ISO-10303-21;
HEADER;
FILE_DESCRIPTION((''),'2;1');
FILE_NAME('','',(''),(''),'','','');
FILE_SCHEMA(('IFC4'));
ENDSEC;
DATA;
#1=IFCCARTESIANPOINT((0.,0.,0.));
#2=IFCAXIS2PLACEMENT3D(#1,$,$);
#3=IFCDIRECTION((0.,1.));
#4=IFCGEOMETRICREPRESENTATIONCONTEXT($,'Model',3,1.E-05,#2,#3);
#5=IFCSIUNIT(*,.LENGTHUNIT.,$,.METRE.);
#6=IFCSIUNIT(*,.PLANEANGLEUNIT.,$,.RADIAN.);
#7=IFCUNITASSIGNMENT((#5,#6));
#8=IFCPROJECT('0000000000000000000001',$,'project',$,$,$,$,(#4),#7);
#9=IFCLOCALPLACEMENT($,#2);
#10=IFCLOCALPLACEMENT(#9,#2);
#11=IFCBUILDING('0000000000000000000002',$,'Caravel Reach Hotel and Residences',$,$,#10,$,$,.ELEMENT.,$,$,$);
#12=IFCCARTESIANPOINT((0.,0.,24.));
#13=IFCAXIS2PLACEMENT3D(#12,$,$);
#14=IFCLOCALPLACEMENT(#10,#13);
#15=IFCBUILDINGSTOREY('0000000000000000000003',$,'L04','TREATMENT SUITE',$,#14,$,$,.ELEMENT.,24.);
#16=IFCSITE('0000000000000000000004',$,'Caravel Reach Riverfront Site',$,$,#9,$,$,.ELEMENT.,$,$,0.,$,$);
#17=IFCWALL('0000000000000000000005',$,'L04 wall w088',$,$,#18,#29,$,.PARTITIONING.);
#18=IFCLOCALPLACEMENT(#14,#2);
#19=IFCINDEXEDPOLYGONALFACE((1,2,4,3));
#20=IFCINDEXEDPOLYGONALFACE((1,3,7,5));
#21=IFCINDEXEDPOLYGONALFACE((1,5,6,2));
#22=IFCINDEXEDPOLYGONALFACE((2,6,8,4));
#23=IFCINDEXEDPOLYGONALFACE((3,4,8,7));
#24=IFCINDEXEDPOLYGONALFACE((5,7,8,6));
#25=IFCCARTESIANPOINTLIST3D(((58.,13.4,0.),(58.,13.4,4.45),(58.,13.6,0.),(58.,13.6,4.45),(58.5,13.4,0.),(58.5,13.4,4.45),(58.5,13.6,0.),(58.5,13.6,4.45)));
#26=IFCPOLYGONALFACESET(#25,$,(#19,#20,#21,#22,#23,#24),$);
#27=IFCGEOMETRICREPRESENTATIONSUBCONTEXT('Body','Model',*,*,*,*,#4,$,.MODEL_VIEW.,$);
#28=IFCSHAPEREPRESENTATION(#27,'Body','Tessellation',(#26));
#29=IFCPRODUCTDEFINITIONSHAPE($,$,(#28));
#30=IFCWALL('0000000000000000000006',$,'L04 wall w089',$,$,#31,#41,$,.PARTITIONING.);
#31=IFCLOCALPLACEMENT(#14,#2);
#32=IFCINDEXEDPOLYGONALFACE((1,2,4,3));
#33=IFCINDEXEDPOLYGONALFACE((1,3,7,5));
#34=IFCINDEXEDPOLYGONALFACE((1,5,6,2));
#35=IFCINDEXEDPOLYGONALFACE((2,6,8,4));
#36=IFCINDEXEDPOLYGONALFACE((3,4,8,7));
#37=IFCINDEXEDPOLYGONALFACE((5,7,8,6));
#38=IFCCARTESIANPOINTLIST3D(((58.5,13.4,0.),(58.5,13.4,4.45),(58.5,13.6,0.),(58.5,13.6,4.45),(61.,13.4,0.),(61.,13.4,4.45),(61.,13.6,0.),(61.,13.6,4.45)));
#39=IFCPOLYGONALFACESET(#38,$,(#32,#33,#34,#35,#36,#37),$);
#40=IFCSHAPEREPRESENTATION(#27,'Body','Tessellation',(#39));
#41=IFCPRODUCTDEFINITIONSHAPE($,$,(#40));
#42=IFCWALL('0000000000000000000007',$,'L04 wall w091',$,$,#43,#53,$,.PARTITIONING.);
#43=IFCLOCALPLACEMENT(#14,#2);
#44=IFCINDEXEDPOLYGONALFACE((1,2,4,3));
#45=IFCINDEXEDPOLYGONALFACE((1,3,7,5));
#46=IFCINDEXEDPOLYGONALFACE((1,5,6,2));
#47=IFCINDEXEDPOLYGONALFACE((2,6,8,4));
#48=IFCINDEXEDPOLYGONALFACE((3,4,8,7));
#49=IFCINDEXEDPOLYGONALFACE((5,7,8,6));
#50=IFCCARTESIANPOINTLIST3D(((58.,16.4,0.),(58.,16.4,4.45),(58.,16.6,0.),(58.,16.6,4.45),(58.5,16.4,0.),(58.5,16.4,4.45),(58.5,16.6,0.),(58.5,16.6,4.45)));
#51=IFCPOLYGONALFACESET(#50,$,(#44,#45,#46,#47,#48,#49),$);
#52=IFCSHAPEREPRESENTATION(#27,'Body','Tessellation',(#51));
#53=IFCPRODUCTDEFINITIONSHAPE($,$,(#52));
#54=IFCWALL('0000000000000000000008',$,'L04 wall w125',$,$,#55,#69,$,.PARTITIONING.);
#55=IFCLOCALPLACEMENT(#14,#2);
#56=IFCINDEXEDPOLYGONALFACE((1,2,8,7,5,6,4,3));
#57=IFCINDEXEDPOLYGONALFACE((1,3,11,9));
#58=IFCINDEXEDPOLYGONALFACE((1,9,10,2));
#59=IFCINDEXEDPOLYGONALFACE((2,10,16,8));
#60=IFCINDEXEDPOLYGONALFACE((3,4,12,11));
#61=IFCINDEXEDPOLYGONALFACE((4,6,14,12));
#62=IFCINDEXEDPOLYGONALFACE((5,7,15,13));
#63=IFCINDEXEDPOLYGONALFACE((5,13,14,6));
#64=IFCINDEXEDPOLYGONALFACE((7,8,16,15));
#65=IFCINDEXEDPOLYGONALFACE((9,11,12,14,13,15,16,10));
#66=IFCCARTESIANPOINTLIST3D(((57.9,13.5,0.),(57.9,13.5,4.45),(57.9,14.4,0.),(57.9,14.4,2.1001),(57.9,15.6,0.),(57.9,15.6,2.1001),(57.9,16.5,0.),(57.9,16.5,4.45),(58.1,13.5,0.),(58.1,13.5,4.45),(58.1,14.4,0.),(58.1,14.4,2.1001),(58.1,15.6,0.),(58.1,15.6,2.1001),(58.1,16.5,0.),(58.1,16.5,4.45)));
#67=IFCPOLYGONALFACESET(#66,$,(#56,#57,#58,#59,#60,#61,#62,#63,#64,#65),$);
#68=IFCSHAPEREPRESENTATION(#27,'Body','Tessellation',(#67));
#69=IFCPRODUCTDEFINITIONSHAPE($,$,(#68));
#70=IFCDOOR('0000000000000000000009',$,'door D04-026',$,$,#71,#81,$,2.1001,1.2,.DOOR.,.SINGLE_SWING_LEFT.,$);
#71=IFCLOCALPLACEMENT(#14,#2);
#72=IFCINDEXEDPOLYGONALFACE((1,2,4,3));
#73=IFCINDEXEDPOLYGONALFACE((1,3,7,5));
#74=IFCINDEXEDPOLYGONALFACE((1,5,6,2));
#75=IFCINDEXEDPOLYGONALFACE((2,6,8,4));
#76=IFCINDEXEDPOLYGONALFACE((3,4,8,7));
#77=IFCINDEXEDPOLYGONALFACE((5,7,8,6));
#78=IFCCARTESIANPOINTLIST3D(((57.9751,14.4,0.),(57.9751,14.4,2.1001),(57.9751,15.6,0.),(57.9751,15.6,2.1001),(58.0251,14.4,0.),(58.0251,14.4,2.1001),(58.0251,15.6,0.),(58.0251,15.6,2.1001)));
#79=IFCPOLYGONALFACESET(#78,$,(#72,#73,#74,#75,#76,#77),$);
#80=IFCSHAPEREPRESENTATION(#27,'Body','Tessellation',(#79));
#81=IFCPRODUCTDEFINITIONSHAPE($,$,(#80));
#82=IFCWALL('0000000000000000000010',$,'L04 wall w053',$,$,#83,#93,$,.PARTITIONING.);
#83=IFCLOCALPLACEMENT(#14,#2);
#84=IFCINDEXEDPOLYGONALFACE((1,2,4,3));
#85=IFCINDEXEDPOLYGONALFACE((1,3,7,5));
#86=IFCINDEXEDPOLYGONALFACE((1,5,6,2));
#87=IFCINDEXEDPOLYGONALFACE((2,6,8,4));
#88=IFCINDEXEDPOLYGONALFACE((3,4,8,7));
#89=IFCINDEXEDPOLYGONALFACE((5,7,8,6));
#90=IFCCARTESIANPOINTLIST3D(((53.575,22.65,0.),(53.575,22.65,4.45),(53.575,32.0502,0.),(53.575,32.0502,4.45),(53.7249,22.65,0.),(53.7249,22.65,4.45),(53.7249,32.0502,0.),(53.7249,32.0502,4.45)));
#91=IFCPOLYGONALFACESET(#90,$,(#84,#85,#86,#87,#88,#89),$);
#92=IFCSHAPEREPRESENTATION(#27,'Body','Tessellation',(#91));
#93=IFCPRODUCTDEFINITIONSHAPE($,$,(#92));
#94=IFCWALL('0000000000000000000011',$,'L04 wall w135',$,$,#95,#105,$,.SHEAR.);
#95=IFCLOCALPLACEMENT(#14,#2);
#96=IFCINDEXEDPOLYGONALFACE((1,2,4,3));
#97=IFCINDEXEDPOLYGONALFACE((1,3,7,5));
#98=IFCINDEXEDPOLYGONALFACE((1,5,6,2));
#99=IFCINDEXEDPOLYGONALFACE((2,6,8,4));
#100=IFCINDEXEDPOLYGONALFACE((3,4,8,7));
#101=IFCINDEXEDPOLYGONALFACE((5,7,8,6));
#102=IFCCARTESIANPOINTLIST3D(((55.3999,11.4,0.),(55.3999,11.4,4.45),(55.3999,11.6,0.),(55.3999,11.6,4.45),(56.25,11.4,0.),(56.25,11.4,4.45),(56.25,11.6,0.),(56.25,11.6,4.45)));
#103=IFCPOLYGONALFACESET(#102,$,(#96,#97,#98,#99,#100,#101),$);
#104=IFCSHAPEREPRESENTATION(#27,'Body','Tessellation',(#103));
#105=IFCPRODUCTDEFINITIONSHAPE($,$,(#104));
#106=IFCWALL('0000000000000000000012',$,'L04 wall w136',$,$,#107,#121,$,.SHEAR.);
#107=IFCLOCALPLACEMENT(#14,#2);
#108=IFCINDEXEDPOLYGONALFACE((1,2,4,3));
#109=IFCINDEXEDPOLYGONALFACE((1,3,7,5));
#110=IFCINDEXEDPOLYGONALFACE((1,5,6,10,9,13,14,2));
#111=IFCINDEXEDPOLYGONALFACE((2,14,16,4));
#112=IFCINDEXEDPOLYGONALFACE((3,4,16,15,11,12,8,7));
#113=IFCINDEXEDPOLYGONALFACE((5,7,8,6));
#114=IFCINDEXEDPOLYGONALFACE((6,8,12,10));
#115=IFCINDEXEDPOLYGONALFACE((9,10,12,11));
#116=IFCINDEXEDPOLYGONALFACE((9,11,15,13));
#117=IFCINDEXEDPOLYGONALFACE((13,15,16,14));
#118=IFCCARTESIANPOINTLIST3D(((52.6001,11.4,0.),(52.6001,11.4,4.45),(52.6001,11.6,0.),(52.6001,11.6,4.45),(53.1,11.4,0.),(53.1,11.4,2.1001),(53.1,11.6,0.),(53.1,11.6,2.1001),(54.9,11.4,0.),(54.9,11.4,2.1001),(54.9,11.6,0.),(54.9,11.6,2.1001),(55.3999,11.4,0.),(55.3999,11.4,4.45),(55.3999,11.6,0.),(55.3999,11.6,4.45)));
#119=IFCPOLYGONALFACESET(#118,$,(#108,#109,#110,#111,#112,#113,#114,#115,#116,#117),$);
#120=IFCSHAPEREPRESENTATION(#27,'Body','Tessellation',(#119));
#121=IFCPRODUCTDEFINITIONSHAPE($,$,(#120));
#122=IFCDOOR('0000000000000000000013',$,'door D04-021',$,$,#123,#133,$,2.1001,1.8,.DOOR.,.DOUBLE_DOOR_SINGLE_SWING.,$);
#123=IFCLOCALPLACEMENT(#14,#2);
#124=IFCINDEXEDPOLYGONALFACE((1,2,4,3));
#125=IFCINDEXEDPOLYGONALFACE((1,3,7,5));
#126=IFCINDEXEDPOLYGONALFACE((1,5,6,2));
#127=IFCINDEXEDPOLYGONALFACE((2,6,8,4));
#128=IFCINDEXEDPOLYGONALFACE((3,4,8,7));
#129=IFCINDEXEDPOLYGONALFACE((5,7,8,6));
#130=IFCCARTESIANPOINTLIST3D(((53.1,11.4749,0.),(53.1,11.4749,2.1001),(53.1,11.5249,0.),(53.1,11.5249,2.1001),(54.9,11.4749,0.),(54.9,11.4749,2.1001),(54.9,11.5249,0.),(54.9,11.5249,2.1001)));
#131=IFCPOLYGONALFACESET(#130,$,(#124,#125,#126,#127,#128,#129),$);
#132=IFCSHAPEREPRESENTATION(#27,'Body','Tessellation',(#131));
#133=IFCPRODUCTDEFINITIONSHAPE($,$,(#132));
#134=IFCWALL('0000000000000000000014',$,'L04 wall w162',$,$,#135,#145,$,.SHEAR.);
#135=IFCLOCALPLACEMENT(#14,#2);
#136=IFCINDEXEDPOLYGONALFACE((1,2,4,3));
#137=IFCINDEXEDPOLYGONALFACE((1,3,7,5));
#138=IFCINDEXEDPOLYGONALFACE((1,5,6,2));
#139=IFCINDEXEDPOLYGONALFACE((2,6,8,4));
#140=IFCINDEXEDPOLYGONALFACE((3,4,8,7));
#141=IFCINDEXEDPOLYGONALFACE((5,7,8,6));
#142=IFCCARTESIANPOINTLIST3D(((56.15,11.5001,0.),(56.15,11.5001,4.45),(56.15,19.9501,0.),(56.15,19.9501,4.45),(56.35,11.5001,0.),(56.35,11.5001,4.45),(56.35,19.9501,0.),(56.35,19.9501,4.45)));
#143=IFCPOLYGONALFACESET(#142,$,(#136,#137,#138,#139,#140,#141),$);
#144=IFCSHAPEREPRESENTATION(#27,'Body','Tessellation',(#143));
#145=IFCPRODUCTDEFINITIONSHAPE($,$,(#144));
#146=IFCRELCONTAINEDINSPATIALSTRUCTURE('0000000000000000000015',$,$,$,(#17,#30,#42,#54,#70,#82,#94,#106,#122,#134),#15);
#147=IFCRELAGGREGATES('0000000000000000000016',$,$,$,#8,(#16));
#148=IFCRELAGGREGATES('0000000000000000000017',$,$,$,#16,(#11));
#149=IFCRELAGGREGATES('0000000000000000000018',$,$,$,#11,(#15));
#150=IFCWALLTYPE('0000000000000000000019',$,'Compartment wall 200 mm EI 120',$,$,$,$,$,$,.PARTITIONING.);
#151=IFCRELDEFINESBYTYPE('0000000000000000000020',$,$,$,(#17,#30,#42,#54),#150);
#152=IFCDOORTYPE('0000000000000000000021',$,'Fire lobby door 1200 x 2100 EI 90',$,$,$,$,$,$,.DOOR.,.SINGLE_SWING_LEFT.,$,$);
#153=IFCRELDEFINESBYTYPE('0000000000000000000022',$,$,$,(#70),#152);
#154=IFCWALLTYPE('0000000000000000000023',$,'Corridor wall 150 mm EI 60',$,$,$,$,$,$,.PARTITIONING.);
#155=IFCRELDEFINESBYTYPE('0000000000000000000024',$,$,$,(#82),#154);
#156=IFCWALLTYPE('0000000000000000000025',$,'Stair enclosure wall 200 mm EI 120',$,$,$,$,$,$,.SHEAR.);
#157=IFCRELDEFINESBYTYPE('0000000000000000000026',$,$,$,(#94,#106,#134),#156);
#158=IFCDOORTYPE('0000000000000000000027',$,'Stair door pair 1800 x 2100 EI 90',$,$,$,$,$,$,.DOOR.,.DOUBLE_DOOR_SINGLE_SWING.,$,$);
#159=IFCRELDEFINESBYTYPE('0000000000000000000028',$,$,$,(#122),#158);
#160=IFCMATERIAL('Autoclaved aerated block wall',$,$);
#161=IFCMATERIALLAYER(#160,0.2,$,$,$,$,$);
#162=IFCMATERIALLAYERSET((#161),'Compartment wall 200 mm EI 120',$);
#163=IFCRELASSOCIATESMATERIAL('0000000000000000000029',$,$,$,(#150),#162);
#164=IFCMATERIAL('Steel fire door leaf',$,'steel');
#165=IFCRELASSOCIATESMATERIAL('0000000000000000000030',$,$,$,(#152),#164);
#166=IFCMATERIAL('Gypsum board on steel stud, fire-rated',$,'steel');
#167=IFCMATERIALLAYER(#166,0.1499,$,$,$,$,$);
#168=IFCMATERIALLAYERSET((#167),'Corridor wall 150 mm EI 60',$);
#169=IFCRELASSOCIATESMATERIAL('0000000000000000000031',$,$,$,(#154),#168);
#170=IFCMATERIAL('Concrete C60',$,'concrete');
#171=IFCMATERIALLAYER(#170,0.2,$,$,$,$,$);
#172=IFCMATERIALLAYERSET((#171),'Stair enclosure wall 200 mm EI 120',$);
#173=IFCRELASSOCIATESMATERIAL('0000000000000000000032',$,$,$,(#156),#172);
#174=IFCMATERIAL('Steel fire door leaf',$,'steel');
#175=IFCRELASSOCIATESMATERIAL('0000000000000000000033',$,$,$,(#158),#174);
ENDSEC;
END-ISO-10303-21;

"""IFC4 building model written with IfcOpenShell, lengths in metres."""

from ifc_helpers import new_model, si_unit, direction, frame, frame_2d, origin, place, context, subcontext, project, spatial, rectangle, extrude, material, layer, layer_set, type_object, element, fill, save


model = new_model("IFC4")

# Units and contexts
model_context = context("Model", 3, precision=1e-05, world=origin(), true_north=direction((0.0, 1.0)))
body_context = subcontext(model_context, "Body", "Model", "MODEL_VIEW")
ifc_project = project(units=[si_unit("LENGTHUNIT", "METRE"), si_unit("PLANEANGLEUNIT", "RADIAN")], contexts=[model_context])

# Site, building, storey
site_placement = place(None, origin())
site = spatial("IfcSite", under=ifc_project, at=site_placement, Name="Caravel Reach Riverfront Site", CompositionType="ELEMENT", RefElevation=0.0)
building_placement = place(site_placement, origin())
building = spatial("IfcBuilding", under=site, at=building_placement, Name="Caravel Reach Hotel and Residences", CompositionType="ELEMENT")
storey_placement = place(building_placement, frame((0.0, 0.0, 24.0)))
storey = spatial("IfcBuildingStorey", under=building, at=storey_placement, Name="L04", Description="TREATMENT SUITE", CompositionType="ELEMENT", Elevation=24.0)

# Walls
ifc_material_1 = material(Name="Autoclaved aerated block wall")
ifc_layer_1 = layer(ifc_material_1, 0.2)
ifc_layer_set_1 = layer_set([ifc_layer_1], Name="Compartment wall 200 mm EI 120")
wall_type_1 = type_object("IfcWallType", Name="Compartment wall 200 mm EI 120", PredefinedType="PARTITIONING", material=ifc_layer_set_1)
wall_1_placement = place(storey_placement, frame((58.0, 13.5, 0.0), z_axis=(0.0, 0.0, 1.0), x_axis=(1.0, 0.0, 0.0)))
element("IfcWall", 1, at=wall_1_placement, inside=storey, type_object=wall_type_1, Name="L04 wall w088", PredefinedType="PARTITIONING", context=body_context, shape_type="SweptSolid", body=[
    extrude(rectangle(XDim=0.5, YDim=0.2, at=frame_2d((0.25, 0.0))), origin(), (0.0, 0.0, 1.0), 4.45),
])
wall_2_placement = place(storey_placement, frame((58.5, 13.5, 0.0), z_axis=(0.0, 0.0, 1.0), x_axis=(1.0, 0.0, 0.0)))
element("IfcWall", 2, at=wall_2_placement, inside=storey, type_object=wall_type_1, Name="L04 wall w089", PredefinedType="PARTITIONING", context=body_context, shape_type="SweptSolid", body=[
    extrude(rectangle(XDim=2.5, YDim=0.2, at=frame_2d((1.25, 0.0))), origin(), (0.0, 0.0, 1.0), 4.45),
])
wall_3_placement = place(storey_placement, frame((58.0, 16.5, 0.0), z_axis=(0.0, 0.0, 1.0), x_axis=(1.0, 0.0, 0.0)))
element("IfcWall", 3, at=wall_3_placement, inside=storey, type_object=wall_type_1, Name="L04 wall w091", PredefinedType="PARTITIONING", context=body_context, shape_type="SweptSolid", body=[
    extrude(rectangle(XDim=0.5, YDim=0.2, at=frame_2d((0.25, 0.0))), origin(), (0.0, 0.0, 1.0), 4.45),
])

# Wall, opening, door
wall_4_placement = place(storey_placement, frame((58.0, 13.5, 0.0), z_axis=(0.0, 0.0, 1.0), x_axis=(0.0, 1.0, 0.0)))
wall_4 = element("IfcWall", 4, at=wall_4_placement, inside=storey, type_object=wall_type_1, Name="L04 wall w125", PredefinedType="PARTITIONING", context=body_context, shape_type="SweptSolid", body=[
    extrude(rectangle(XDim=3.0, YDim=0.2, at=frame_2d((1.5, 0.0))), origin(), (0.0, 0.0, 1.0), 4.45),
])
opening_1_placement = place(wall_4_placement, frame((0.8999, 0.0, 0.0)))
opening_1 = element("IfcOpeningElement", 5, at=opening_1_placement, cuts=wall_4, PredefinedType="OPENING", context=body_context, shape_type="SweptSolid", body=[
    extrude(rectangle(XDim=1.2, YDim=2.1001, at=frame_2d((0.6001, 1.05))), frame((0.0, 0.1099, 0.0), z_axis=(0.0, -1.0, 0.0), x_axis=(1.0, 0.0, 0.0)), (0.0, 0.0, 1.0), 0.22),
])
ifc_material_2 = material(Name="Steel fire door leaf", Category="steel")
door_type_1 = type_object("IfcDoorType", Name="Fire lobby door 1200 x 2100 EI 90", OperationType="SINGLE_SWING_LEFT", PredefinedType="DOOR", material=ifc_material_2)
door_1_placement = place(opening_1_placement, origin())
door_1 = element("IfcDoor", 6, at=door_1_placement, inside=storey, type_object=door_type_1, Name="door D04-026", OperationType="SINGLE_SWING_LEFT", OverallHeight=2.1001, OverallWidth=1.2, PredefinedType="DOOR", context=body_context, shape_type="SweptSolid", body=[
    extrude(rectangle(XDim=1.2, YDim=2.1001, at=frame_2d((0.6001, 1.05))), frame((0.0, 0.0249, 0.0), z_axis=(0.0, -1.0, 0.0), x_axis=(1.0, 0.0, 0.0)), (0.0, 0.0, 1.0), 0.05),
])
fill(opening_1, door_1)

# Walls
ifc_material_3 = material(Name="Gypsum board on steel stud, fire-rated", Category="steel")
ifc_layer_2 = layer(ifc_material_3, 0.1499)
ifc_layer_set_2 = layer_set([ifc_layer_2], Name="Corridor wall 150 mm EI 60")
wall_type_2 = type_object("IfcWallType", Name="Corridor wall 150 mm EI 60", PredefinedType="PARTITIONING", material=ifc_layer_set_2)
wall_5_placement = place(storey_placement, frame((53.6499, 22.6499, 0.0), z_axis=(0.0, 0.0, 1.0), x_axis=(0.0, 1.0, 0.0)))
element("IfcWall", 7, at=wall_5_placement, inside=storey, type_object=wall_type_2, Name="L04 wall w053", PredefinedType="PARTITIONING", context=body_context, shape_type="SweptSolid", body=[
    extrude(rectangle(XDim=9.4001, YDim=0.1499, at=frame_2d((4.7002, 0.0))), origin(), (0.0, 0.0, 1.0), 4.45),
])
ifc_material_4 = material(Name="Concrete C60", Category="concrete")
ifc_layer_3 = layer(ifc_material_4, 0.2)
ifc_layer_set_3 = layer_set([ifc_layer_3], Name="Stair enclosure wall 200 mm EI 120")
wall_type_3 = type_object("IfcWallType", Name="Stair enclosure wall 200 mm EI 120", PredefinedType="SHEAR", material=ifc_layer_set_3)
wall_6_placement = place(storey_placement, frame((55.3999, 11.5, 0.0), z_axis=(0.0, 0.0, 1.0), x_axis=(1.0, 0.0, 0.0)))
element("IfcWall", 8, at=wall_6_placement, inside=storey, type_object=wall_type_3, Name="L04 wall w135", PredefinedType="SHEAR", context=body_context, shape_type="SweptSolid", body=[
    extrude(rectangle(XDim=0.8501, YDim=0.2, at=frame_2d((0.425, 0.0))), origin(), (0.0, 0.0, 1.0), 4.45),
])

# Wall, opening, door
wall_7_placement = place(storey_placement, frame((52.6001, 11.5, 0.0), z_axis=(0.0, 0.0, 1.0), x_axis=(1.0, 0.0, 0.0)))
wall_7 = element("IfcWall", 9, at=wall_7_placement, inside=storey, type_object=wall_type_3, Name="L04 wall w136", PredefinedType="SHEAR", context=body_context, shape_type="SweptSolid", body=[
    extrude(rectangle(XDim=2.7998, YDim=0.2, at=frame_2d((1.3999, 0.0))), origin(), (0.0, 0.0, 1.0), 4.45),
])
opening_2_placement = place(wall_7_placement, frame((0.5, 0.0, 0.0)))
opening_2 = element("IfcOpeningElement", 10, at=opening_2_placement, cuts=wall_7, PredefinedType="OPENING", context=body_context, shape_type="SweptSolid", body=[
    extrude(rectangle(XDim=1.8, YDim=2.1001, at=frame_2d((0.8999, 1.05))), frame((0.0, 0.1099, 0.0), z_axis=(0.0, -1.0, 0.0), x_axis=(1.0, 0.0, 0.0)), (0.0, 0.0, 1.0), 0.22),
])
ifc_material_5 = material(Name="Steel fire door leaf", Category="steel")
door_type_2 = type_object("IfcDoorType", Name="Stair door pair 1800 x 2100 EI 90", OperationType="DOUBLE_DOOR_SINGLE_SWING", PredefinedType="DOOR", material=ifc_material_5)
door_2_placement = place(opening_2_placement, origin())
door_2 = element("IfcDoor", 11, at=door_2_placement, inside=storey, type_object=door_type_2, Name="door D04-021", OperationType="DOUBLE_DOOR_SINGLE_SWING", OverallHeight=2.1001, OverallWidth=1.8, PredefinedType="DOOR", context=body_context, shape_type="SweptSolid", body=[
    extrude(rectangle(XDim=1.8, YDim=2.1001, at=frame_2d((0.8999, 1.05))), frame((0.0, 0.0249, 0.0), z_axis=(0.0, -1.0, 0.0), x_axis=(1.0, 0.0, 0.0)), (0.0, 0.0, 1.0), 0.05),
])
fill(opening_2, door_2)

# Wall
wall_8_placement = place(storey_placement, frame((56.25, 11.5, 0.0), z_axis=(0.0, 0.0, 1.0), x_axis=(0.0, 1.0, 0.0)))
element("IfcWall", 12, at=wall_8_placement, inside=storey, type_object=wall_type_3, Name="L04 wall w162", PredefinedType="SHEAR", context=body_context, shape_type="SweptSolid", body=[
    extrude(rectangle(XDim=8.45, YDim=0.2, at=frame_2d((4.2251, 0.0))), origin(), (0.0, 0.0, 1.0), 4.45),
])

save(model, "model.ifc")
